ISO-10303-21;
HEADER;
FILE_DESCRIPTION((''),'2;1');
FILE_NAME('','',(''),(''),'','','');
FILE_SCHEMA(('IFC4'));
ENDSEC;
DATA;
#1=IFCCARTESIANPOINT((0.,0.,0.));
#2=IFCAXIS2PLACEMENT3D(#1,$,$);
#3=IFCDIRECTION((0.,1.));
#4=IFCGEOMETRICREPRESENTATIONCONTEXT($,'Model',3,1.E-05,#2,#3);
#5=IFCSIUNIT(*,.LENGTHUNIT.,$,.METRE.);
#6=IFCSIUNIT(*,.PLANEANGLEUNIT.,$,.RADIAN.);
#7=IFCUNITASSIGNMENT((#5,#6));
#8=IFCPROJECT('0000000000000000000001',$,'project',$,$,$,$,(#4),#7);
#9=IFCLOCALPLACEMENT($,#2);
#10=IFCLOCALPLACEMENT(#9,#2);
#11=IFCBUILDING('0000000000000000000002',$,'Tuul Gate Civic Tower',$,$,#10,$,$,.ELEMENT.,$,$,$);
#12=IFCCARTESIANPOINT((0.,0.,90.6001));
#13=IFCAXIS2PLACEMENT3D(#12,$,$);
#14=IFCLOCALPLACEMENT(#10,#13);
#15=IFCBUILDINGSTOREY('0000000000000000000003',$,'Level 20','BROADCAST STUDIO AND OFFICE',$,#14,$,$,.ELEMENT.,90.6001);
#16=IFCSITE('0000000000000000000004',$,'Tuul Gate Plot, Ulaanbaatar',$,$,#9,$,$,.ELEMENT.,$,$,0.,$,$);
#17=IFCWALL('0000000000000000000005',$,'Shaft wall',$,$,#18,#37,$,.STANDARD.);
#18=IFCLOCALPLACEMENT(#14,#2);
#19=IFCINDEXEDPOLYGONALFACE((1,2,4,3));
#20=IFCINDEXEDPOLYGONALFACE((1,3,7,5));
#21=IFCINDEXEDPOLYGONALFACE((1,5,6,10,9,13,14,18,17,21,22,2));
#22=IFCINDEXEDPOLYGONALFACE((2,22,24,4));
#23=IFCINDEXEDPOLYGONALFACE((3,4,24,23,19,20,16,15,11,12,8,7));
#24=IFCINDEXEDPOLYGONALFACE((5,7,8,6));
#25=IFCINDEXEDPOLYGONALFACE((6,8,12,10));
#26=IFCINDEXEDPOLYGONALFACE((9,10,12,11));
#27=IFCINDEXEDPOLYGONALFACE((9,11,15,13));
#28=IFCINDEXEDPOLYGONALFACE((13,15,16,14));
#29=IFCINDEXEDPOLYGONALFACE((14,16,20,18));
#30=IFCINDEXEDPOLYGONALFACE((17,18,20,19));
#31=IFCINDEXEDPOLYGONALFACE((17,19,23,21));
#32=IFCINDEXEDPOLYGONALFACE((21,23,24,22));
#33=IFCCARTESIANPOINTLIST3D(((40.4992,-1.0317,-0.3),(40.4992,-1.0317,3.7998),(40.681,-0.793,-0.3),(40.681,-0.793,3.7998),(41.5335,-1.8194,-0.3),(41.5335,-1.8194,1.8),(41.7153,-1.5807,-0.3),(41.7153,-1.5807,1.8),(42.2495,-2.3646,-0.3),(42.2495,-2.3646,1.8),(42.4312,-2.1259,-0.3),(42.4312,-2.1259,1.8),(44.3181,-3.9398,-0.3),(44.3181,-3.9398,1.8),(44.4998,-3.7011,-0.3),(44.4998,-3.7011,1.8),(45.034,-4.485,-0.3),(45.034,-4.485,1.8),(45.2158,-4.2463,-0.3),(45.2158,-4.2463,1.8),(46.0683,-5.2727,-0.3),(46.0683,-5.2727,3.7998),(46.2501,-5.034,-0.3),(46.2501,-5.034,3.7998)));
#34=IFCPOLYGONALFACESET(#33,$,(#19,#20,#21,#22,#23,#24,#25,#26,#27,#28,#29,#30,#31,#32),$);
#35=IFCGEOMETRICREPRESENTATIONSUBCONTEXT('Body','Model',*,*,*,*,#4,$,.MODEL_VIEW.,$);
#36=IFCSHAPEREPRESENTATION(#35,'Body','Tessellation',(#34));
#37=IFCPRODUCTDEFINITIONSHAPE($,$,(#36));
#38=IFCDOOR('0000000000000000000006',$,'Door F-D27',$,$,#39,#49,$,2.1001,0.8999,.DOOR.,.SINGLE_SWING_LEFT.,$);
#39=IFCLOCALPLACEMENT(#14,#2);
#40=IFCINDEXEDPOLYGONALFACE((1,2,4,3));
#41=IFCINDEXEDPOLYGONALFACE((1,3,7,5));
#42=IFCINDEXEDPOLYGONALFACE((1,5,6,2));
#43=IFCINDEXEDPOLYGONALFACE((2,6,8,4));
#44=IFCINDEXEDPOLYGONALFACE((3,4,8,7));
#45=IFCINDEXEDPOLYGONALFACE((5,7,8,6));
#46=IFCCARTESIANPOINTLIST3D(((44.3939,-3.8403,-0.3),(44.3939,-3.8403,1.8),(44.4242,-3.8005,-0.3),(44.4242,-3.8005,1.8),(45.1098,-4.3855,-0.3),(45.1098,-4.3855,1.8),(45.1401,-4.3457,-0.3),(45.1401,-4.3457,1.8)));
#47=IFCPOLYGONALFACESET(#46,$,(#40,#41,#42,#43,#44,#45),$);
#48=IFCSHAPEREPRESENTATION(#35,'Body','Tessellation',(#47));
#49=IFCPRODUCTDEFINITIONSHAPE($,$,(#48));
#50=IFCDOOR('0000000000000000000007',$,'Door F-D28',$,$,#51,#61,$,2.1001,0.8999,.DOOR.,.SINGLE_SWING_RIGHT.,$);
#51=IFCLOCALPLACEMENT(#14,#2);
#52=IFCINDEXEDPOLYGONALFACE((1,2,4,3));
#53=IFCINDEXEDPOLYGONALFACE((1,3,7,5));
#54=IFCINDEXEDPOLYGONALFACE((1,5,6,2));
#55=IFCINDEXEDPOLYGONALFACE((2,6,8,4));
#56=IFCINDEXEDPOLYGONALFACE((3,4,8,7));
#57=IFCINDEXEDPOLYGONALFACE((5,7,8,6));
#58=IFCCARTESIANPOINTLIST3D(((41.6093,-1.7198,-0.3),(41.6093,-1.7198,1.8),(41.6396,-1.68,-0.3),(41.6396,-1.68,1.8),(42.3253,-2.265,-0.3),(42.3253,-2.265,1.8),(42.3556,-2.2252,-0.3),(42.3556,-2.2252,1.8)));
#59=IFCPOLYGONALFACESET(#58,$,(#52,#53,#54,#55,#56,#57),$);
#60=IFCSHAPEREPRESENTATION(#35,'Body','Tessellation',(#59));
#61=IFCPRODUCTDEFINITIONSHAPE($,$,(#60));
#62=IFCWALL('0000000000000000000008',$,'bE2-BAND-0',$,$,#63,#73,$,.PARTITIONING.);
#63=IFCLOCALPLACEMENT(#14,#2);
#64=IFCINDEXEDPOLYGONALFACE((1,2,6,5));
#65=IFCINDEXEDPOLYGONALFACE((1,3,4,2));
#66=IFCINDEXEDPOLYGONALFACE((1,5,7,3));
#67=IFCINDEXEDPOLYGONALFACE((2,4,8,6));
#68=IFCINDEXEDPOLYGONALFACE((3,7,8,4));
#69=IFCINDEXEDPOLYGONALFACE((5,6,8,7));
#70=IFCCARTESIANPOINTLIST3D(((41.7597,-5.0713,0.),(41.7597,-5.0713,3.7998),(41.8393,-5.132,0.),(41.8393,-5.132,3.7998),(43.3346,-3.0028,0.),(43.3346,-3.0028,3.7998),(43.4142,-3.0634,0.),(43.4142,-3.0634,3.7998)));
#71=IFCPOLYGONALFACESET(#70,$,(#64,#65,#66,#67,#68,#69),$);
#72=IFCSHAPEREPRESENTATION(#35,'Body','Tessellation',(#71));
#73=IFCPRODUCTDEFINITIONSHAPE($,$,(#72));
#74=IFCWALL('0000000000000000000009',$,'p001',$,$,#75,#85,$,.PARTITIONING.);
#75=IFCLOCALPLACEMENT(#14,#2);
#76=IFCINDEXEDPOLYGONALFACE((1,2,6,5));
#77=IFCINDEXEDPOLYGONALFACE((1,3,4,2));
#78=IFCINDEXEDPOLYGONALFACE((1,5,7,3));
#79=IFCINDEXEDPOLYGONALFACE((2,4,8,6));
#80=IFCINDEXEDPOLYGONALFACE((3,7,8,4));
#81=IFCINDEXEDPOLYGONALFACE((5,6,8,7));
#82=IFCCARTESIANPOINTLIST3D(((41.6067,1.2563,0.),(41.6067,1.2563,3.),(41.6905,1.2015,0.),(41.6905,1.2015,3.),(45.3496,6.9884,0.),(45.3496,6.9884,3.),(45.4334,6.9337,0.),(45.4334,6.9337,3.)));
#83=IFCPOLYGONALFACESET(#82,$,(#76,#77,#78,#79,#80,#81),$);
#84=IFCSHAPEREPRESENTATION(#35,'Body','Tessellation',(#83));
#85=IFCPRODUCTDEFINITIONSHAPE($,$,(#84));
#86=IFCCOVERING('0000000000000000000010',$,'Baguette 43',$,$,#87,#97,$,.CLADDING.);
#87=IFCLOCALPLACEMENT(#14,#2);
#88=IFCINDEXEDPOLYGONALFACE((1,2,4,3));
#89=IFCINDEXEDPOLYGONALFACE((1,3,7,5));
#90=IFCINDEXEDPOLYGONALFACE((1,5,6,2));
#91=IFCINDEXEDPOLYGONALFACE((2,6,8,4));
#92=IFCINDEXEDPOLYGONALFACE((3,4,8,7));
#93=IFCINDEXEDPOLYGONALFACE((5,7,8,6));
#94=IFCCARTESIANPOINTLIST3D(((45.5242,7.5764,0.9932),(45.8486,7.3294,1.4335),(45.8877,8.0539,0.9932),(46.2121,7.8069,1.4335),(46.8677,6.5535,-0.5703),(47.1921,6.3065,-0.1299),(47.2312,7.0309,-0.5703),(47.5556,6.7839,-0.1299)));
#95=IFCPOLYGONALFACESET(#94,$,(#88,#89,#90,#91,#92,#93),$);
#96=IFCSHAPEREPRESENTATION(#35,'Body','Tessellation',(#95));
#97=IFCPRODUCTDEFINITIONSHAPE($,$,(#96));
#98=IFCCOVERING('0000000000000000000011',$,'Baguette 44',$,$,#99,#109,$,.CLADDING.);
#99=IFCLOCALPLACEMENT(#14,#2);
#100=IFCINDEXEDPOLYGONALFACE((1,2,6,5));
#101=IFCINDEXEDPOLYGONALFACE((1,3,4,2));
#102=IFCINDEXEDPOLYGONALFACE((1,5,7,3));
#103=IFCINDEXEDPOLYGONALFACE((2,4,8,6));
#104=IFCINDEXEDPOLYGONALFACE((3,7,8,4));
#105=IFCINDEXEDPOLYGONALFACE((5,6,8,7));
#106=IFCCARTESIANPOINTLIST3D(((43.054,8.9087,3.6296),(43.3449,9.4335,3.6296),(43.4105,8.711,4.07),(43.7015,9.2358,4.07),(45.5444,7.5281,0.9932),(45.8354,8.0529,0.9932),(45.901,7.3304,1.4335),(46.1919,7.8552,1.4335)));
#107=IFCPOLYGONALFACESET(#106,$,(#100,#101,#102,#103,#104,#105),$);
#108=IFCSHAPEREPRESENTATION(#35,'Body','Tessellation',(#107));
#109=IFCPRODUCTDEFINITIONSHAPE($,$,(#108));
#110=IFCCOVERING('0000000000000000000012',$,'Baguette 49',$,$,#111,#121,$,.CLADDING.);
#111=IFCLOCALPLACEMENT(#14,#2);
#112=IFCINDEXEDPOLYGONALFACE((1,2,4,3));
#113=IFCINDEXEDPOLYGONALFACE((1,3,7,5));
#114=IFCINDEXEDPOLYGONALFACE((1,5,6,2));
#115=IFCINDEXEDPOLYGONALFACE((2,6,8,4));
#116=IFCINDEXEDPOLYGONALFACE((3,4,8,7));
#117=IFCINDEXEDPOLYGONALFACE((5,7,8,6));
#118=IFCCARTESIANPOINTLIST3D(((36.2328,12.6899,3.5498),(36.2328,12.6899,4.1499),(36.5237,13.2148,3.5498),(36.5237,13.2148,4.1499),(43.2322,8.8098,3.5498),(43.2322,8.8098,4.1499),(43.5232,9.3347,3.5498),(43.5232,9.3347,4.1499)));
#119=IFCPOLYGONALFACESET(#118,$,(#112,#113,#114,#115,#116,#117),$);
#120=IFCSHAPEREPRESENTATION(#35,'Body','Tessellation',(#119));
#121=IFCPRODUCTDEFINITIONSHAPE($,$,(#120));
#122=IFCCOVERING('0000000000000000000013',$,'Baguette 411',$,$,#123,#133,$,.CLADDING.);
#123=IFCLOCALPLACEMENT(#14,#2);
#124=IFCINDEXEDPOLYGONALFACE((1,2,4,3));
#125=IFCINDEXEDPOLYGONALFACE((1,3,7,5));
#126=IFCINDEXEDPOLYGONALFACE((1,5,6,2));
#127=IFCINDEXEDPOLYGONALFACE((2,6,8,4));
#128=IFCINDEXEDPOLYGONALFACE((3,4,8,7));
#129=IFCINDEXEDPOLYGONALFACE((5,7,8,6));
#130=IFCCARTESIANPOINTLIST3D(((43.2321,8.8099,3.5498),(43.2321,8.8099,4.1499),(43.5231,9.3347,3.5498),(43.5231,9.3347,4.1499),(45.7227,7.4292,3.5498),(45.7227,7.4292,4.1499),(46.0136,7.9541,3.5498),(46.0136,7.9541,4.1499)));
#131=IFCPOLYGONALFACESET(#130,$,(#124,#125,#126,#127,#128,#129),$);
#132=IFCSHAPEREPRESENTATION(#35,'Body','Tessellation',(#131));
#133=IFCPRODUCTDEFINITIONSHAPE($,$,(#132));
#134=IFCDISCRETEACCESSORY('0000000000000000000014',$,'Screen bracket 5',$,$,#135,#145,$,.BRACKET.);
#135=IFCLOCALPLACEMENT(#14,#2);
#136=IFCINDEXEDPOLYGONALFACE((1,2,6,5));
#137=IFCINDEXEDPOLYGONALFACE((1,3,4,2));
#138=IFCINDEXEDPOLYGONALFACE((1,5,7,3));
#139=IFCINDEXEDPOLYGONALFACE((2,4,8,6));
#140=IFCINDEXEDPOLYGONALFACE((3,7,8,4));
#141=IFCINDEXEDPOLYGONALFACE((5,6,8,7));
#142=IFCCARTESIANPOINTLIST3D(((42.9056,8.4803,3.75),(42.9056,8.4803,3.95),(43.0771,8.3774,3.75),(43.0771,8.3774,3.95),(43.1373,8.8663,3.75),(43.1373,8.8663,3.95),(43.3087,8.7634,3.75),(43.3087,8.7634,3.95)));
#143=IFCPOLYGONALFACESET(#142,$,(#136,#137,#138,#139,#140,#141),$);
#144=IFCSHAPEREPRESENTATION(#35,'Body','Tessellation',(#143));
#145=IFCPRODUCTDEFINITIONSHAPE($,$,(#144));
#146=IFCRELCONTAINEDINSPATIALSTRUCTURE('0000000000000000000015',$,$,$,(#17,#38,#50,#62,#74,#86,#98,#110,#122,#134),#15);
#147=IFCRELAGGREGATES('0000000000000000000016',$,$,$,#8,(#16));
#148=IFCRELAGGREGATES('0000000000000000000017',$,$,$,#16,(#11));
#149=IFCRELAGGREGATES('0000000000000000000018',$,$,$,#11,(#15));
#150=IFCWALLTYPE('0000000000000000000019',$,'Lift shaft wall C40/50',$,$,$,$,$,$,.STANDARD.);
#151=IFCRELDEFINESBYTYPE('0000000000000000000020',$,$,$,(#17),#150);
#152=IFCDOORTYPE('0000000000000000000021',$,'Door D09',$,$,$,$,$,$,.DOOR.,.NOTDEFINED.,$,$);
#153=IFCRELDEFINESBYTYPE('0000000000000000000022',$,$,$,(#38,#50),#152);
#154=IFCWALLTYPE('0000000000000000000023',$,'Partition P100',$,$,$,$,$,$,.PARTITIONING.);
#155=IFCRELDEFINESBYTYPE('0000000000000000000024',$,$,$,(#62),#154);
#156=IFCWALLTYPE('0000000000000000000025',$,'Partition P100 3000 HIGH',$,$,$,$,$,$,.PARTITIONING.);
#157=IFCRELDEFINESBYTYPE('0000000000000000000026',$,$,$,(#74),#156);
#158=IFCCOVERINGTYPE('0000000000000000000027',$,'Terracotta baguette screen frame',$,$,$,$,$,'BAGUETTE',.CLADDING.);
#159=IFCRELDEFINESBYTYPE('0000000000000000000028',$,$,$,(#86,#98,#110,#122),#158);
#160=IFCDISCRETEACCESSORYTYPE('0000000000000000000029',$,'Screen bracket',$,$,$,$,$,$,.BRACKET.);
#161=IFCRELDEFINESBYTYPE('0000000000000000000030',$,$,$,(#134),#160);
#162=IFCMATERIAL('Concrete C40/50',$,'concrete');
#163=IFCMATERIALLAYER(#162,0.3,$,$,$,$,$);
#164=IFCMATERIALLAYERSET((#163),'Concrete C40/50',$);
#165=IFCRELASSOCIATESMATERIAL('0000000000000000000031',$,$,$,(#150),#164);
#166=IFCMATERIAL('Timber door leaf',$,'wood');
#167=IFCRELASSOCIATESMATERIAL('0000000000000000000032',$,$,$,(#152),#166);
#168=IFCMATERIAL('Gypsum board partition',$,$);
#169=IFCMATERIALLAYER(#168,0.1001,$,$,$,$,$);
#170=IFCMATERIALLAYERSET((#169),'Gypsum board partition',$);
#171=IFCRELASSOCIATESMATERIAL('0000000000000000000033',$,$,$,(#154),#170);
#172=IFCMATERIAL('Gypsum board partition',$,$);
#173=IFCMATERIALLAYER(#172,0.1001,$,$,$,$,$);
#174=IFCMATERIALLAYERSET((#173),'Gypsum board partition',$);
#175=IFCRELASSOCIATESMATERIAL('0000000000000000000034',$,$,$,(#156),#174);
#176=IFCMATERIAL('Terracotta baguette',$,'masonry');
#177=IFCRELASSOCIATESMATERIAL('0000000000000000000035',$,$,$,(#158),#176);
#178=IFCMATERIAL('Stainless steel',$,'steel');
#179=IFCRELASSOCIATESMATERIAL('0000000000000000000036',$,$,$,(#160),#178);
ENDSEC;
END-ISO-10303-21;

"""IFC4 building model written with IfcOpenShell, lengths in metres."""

from ifc_helpers import new_model, si_unit, direction, frame, frame_2d, origin, origin_2d, place, context, subcontext, project, spatial, rectangle, extrude, material, layer, layer_set, material_profile, profile_set, type_object, element, fill, save


model = new_model("IFC4")

# Units and contexts
model_context = context("Model", 3, precision=1e-05, world=origin(), true_north=direction((0.0, 1.0)))
body_context = subcontext(model_context, "Body", "Model", "MODEL_VIEW")
ifc_project = project(units=[si_unit("LENGTHUNIT", "METRE"), si_unit("PLANEANGLEUNIT", "RADIAN")], contexts=[model_context])

# Site, building, storey
site_placement = place(None, origin())
site = spatial("IfcSite", under=ifc_project, at=site_placement, Name="Tuul Gate Plot, Ulaanbaatar", CompositionType="ELEMENT", RefElevation=0.0)
building_placement = place(site_placement, origin())
building = spatial("IfcBuilding", under=site, at=building_placement, Name="Tuul Gate Civic Tower", CompositionType="ELEMENT")
storey_placement = place(building_placement, frame((0.0, 0.0, 90.6001)))
storey = spatial("IfcBuildingStorey", under=building, at=storey_placement, Name="Level 20", Description="BROADCAST STUDIO AND OFFICE", CompositionType="ELEMENT", Elevation=90.6001)

# Wall, openings, doors
ifc_material_1 = material(Name="Concrete C40/50", Category="concrete")
ifc_layer_1 = layer(ifc_material_1, 0.3)
ifc_layer_set_1 = layer_set([ifc_layer_1], Name="Concrete C40/50")
wall_type_1 = type_object("IfcWallType", Name="Lift shaft wall C40/50", PredefinedType="STANDARD", material=ifc_layer_set_1)
wall_1_placement = place(storey_placement, frame((46.1592, -5.1533, -0.3), z_axis=(0.0, 0.0, 1.0), x_axis=(-0.79558, 0.605849, 0.0)))
wall_1 = element("IfcWall", 1, at=wall_1_placement, inside=storey, type_object=wall_type_1, Name="Shaft wall", PredefinedType="STANDARD", context=body_context, shape_type="SweptSolid", body=[
    extrude(rectangle(XDim=7.0, YDim=0.3, at=frame_2d((3.5, 0.0))), origin(), (0.0, 0.0, 1.0), 4.0999),
])
opening_1_placement = place(wall_1_placement, frame((1.3, 0.0, 0.0)))
opening_1 = element("IfcOpeningElement", 2, at=opening_1_placement, cuts=wall_1, PredefinedType="OPENING", context=body_context, shape_type="SweptSolid", body=[
    extrude(rectangle(XDim=0.8999, YDim=2.1001, at=frame_2d((0.45, 1.05))), frame((0.0, 0.1602, 0.0), z_axis=(0.0, -1.0, 0.0), x_axis=(1.0, 0.0, 0.0)), (0.0, 0.0, 1.0), 0.3201),
])
opening_2_placement = place(wall_1_placement, frame((4.8, 0.0, 0.0)))
opening_2 = element("IfcOpeningElement", 3, at=opening_2_placement, cuts=wall_1, PredefinedType="OPENING", context=body_context, shape_type="SweptSolid", body=[
    extrude(rectangle(XDim=0.8999, YDim=2.1001, at=frame_2d((0.45, 1.05))), frame((0.0, 0.1602, 0.0), z_axis=(0.0, -1.0, 0.0), x_axis=(1.0, 0.0, 0.0)), (0.0, 0.0, 1.0), 0.3201),
])
ifc_material_2 = material(Name="Timber door leaf", Category="wood")
door_type_1 = type_object("IfcDoorType", Name="Door D09", OperationType="NOTDEFINED", PredefinedType="DOOR", material=ifc_material_2)
door_1_placement = place(opening_1_placement, origin())
door_1 = element("IfcDoor", 4, at=door_1_placement, inside=storey, type_object=door_type_1, Name="Door F-D27", OperationType="SINGLE_SWING_LEFT", OverallHeight=2.1001, OverallWidth=0.8999, PredefinedType="DOOR", context=body_context, shape_type="SweptSolid", body=[
    extrude(rectangle(XDim=0.8999, YDim=2.1001, at=frame_2d((0.45, 1.05))), frame((0.0, 0.0249, 0.0), z_axis=(0.0, -1.0, 0.0), x_axis=(1.0, 0.0, 0.0)), (0.0, 0.0, 1.0), 0.05),
])
fill(opening_1, door_1)
door_2_placement = place(opening_2_placement, origin())
door_2 = element("IfcDoor", 5, at=door_2_placement, inside=storey, type_object=door_type_1, Name="Door F-D28", OperationType="SINGLE_SWING_RIGHT", OverallHeight=2.1001, OverallWidth=0.8999, PredefinedType="DOOR", context=body_context, shape_type="SweptSolid", body=[
    extrude(rectangle(XDim=0.8999, YDim=2.1001, at=frame_2d((0.45, 1.05))), frame((0.0, 0.0249, 0.0), z_axis=(0.0, -1.0, 0.0), x_axis=(1.0, 0.0, 0.0)), (0.0, 0.0, 1.0), 0.05),
])
fill(opening_2, door_2)

# Walls
ifc_material_3 = material(Name="Gypsum board partition")
ifc_layer_2 = layer(ifc_material_3, 0.1001)
ifc_layer_set_2 = layer_set([ifc_layer_2], Name="Gypsum board partition")
wall_type_2 = type_object("IfcWallType", Name="Partition P100", PredefinedType="PARTITIONING", material=ifc_layer_set_2)
wall_2_placement = place(storey_placement, frame((41.7996, -5.1016, 0.0), z_axis=(0.0, 0.0, 1.0), x_axis=(0.605769, 0.795641, 0.0)))
element("IfcWall", 6, at=wall_2_placement, inside=storey, type_object=wall_type_2, Name="bE2-BAND-0", PredefinedType="PARTITIONING", context=body_context, shape_type="SweptSolid", body=[
    extrude(rectangle(XDim=2.5999, YDim=0.1001, at=frame_2d((1.2998, 0.0))), origin(), (0.0, 0.0, 1.0), 3.7998),
])
ifc_material_4 = material(Name="Gypsum board partition")
ifc_layer_3 = layer(ifc_material_4, 0.1001)
ifc_layer_set_3 = layer_set([ifc_layer_3], Name="Gypsum board partition")
wall_type_3 = type_object("IfcWallType", Name="Partition P100 3000 HIGH", PredefinedType="PARTITIONING", material=ifc_layer_set_3)
wall_3_placement = place(storey_placement, frame((41.6487, 1.229, 0.0), z_axis=(0.0, 0.0, 1.0), x_axis=(0.546733, 0.837307, 0.0)))
element("IfcWall", 7, at=wall_3_placement, inside=storey, type_object=wall_type_3, Name="p001", PredefinedType="PARTITIONING", context=body_context, shape_type="SweptSolid", body=[
    extrude(rectangle(XDim=6.8459, YDim=0.1001, at=frame_2d((3.4229, 0.0))), origin(), (0.0, 0.0, 1.0), 3.0),
])

# Coverings
ifc_material_5 = material(Name="Terracotta baguette", Category="masonry")
ifc_material_profile_1 = material_profile(ifc_material_5, rectangle(XDim=0.6001, YDim=0.6001, at=origin_2d()), Name="Terracotta baguette screen frame")
ifc_profile_set_1 = profile_set([ifc_material_profile_1], Name="Terracotta baguette")
covering_type = type_object("IfcCoveringType", Name="Terracotta baguette screen frame", ElementType="BAGUETTE", PredefinedType="CLADDING", material=ifc_profile_set_1)
covering_1_placement = place(storey_placement, frame((47.2117, 6.6687, -0.3501), z_axis=(-0.583808, 0.444513, 0.679394), x_axis=(-0.605791, -0.795624, 0.0)))
element("IfcCovering", 8, at=covering_1_placement, inside=storey, type_object=covering_type, Name="Baguette 43", PredefinedType="CLADDING", context=body_context, shape_type="SweptSolid", body=[
    extrude(rectangle(XDim=0.6001, YDim=0.6001, at=origin_2d()), origin(), (0.0, 0.0, 1.0), 2.3013),
])
covering_2_placement = place(storey_placement, frame((45.8682, 7.6917, 1.2134), z_axis=(-0.641766, 0.355767, 0.679387), x_axis=(-0.484842, -0.874602, 0.0)))
element("IfcCovering", 9, at=covering_2_placement, inside=storey, type_object=covering_type, Name="Baguette 44", PredefinedType="CLADDING", context=body_context, shape_type="SweptSolid", body=[
    extrude(rectangle(XDim=0.6001, YDim=0.6001, at=origin_2d()), origin(), (0.0, 0.0, 1.0), 3.8806),
])
covering_3_placement = place(storey_placement, frame((43.3777, 9.0723, 3.8499), z_axis=(-0.874607, 0.484832, 0.0), x_axis=(-0.484832, -0.874607, 0.0)))
element("IfcCovering", 10, at=covering_3_placement, inside=storey, type_object=covering_type, Name="Baguette 49", PredefinedType="CLADDING", context=body_context, shape_type="SweptSolid", body=[
    extrude(rectangle(XDim=0.6001, YDim=0.6001, at=origin_2d()), origin(), (0.0, 0.0, 1.0), 8.0029),
])
covering_4_placement = place(storey_placement, frame((45.8682, 7.6917, 3.8499), z_axis=(-0.874602, 0.484842, 0.0), x_axis=(-0.484842, -0.874602, 0.0)))
element("IfcCovering", 11, at=covering_4_placement, inside=storey, type_object=covering_type, Name="Baguette 411", PredefinedType="CLADDING", context=body_context, shape_type="SweptSolid", body=[
    extrude(rectangle(XDim=0.6001, YDim=0.6001, at=origin_2d()), origin(), (0.0, 0.0, 1.0), 2.8477),
])

# Discrete accessory
ifc_material_6 = material(Name="Stainless steel", Category="steel")
discrete_accessory_type = type_object("IfcDiscreteAccessoryType", Name="Screen bracket", PredefinedType="BRACKET", material=ifc_material_6)
discrete_accessory_placement = place(storey_placement, frame((43.1072, 8.6218, 3.75), z_axis=(0.0, 0.0, 1.0), x_axis=(0.514624, 0.857416, 0.0)))
element("IfcDiscreteAccessory", 12, at=discrete_accessory_placement, inside=storey, type_object=discrete_accessory_type, Name="Screen bracket 5", PredefinedType="BRACKET", context=body_context, shape_type="SweptSolid", body=[
    extrude(rectangle(XDim=0.4502, YDim=0.2, at=origin_2d()), origin(), (0.0, 0.0, 1.0), 0.2),
])

save(model, "model.ifc")
